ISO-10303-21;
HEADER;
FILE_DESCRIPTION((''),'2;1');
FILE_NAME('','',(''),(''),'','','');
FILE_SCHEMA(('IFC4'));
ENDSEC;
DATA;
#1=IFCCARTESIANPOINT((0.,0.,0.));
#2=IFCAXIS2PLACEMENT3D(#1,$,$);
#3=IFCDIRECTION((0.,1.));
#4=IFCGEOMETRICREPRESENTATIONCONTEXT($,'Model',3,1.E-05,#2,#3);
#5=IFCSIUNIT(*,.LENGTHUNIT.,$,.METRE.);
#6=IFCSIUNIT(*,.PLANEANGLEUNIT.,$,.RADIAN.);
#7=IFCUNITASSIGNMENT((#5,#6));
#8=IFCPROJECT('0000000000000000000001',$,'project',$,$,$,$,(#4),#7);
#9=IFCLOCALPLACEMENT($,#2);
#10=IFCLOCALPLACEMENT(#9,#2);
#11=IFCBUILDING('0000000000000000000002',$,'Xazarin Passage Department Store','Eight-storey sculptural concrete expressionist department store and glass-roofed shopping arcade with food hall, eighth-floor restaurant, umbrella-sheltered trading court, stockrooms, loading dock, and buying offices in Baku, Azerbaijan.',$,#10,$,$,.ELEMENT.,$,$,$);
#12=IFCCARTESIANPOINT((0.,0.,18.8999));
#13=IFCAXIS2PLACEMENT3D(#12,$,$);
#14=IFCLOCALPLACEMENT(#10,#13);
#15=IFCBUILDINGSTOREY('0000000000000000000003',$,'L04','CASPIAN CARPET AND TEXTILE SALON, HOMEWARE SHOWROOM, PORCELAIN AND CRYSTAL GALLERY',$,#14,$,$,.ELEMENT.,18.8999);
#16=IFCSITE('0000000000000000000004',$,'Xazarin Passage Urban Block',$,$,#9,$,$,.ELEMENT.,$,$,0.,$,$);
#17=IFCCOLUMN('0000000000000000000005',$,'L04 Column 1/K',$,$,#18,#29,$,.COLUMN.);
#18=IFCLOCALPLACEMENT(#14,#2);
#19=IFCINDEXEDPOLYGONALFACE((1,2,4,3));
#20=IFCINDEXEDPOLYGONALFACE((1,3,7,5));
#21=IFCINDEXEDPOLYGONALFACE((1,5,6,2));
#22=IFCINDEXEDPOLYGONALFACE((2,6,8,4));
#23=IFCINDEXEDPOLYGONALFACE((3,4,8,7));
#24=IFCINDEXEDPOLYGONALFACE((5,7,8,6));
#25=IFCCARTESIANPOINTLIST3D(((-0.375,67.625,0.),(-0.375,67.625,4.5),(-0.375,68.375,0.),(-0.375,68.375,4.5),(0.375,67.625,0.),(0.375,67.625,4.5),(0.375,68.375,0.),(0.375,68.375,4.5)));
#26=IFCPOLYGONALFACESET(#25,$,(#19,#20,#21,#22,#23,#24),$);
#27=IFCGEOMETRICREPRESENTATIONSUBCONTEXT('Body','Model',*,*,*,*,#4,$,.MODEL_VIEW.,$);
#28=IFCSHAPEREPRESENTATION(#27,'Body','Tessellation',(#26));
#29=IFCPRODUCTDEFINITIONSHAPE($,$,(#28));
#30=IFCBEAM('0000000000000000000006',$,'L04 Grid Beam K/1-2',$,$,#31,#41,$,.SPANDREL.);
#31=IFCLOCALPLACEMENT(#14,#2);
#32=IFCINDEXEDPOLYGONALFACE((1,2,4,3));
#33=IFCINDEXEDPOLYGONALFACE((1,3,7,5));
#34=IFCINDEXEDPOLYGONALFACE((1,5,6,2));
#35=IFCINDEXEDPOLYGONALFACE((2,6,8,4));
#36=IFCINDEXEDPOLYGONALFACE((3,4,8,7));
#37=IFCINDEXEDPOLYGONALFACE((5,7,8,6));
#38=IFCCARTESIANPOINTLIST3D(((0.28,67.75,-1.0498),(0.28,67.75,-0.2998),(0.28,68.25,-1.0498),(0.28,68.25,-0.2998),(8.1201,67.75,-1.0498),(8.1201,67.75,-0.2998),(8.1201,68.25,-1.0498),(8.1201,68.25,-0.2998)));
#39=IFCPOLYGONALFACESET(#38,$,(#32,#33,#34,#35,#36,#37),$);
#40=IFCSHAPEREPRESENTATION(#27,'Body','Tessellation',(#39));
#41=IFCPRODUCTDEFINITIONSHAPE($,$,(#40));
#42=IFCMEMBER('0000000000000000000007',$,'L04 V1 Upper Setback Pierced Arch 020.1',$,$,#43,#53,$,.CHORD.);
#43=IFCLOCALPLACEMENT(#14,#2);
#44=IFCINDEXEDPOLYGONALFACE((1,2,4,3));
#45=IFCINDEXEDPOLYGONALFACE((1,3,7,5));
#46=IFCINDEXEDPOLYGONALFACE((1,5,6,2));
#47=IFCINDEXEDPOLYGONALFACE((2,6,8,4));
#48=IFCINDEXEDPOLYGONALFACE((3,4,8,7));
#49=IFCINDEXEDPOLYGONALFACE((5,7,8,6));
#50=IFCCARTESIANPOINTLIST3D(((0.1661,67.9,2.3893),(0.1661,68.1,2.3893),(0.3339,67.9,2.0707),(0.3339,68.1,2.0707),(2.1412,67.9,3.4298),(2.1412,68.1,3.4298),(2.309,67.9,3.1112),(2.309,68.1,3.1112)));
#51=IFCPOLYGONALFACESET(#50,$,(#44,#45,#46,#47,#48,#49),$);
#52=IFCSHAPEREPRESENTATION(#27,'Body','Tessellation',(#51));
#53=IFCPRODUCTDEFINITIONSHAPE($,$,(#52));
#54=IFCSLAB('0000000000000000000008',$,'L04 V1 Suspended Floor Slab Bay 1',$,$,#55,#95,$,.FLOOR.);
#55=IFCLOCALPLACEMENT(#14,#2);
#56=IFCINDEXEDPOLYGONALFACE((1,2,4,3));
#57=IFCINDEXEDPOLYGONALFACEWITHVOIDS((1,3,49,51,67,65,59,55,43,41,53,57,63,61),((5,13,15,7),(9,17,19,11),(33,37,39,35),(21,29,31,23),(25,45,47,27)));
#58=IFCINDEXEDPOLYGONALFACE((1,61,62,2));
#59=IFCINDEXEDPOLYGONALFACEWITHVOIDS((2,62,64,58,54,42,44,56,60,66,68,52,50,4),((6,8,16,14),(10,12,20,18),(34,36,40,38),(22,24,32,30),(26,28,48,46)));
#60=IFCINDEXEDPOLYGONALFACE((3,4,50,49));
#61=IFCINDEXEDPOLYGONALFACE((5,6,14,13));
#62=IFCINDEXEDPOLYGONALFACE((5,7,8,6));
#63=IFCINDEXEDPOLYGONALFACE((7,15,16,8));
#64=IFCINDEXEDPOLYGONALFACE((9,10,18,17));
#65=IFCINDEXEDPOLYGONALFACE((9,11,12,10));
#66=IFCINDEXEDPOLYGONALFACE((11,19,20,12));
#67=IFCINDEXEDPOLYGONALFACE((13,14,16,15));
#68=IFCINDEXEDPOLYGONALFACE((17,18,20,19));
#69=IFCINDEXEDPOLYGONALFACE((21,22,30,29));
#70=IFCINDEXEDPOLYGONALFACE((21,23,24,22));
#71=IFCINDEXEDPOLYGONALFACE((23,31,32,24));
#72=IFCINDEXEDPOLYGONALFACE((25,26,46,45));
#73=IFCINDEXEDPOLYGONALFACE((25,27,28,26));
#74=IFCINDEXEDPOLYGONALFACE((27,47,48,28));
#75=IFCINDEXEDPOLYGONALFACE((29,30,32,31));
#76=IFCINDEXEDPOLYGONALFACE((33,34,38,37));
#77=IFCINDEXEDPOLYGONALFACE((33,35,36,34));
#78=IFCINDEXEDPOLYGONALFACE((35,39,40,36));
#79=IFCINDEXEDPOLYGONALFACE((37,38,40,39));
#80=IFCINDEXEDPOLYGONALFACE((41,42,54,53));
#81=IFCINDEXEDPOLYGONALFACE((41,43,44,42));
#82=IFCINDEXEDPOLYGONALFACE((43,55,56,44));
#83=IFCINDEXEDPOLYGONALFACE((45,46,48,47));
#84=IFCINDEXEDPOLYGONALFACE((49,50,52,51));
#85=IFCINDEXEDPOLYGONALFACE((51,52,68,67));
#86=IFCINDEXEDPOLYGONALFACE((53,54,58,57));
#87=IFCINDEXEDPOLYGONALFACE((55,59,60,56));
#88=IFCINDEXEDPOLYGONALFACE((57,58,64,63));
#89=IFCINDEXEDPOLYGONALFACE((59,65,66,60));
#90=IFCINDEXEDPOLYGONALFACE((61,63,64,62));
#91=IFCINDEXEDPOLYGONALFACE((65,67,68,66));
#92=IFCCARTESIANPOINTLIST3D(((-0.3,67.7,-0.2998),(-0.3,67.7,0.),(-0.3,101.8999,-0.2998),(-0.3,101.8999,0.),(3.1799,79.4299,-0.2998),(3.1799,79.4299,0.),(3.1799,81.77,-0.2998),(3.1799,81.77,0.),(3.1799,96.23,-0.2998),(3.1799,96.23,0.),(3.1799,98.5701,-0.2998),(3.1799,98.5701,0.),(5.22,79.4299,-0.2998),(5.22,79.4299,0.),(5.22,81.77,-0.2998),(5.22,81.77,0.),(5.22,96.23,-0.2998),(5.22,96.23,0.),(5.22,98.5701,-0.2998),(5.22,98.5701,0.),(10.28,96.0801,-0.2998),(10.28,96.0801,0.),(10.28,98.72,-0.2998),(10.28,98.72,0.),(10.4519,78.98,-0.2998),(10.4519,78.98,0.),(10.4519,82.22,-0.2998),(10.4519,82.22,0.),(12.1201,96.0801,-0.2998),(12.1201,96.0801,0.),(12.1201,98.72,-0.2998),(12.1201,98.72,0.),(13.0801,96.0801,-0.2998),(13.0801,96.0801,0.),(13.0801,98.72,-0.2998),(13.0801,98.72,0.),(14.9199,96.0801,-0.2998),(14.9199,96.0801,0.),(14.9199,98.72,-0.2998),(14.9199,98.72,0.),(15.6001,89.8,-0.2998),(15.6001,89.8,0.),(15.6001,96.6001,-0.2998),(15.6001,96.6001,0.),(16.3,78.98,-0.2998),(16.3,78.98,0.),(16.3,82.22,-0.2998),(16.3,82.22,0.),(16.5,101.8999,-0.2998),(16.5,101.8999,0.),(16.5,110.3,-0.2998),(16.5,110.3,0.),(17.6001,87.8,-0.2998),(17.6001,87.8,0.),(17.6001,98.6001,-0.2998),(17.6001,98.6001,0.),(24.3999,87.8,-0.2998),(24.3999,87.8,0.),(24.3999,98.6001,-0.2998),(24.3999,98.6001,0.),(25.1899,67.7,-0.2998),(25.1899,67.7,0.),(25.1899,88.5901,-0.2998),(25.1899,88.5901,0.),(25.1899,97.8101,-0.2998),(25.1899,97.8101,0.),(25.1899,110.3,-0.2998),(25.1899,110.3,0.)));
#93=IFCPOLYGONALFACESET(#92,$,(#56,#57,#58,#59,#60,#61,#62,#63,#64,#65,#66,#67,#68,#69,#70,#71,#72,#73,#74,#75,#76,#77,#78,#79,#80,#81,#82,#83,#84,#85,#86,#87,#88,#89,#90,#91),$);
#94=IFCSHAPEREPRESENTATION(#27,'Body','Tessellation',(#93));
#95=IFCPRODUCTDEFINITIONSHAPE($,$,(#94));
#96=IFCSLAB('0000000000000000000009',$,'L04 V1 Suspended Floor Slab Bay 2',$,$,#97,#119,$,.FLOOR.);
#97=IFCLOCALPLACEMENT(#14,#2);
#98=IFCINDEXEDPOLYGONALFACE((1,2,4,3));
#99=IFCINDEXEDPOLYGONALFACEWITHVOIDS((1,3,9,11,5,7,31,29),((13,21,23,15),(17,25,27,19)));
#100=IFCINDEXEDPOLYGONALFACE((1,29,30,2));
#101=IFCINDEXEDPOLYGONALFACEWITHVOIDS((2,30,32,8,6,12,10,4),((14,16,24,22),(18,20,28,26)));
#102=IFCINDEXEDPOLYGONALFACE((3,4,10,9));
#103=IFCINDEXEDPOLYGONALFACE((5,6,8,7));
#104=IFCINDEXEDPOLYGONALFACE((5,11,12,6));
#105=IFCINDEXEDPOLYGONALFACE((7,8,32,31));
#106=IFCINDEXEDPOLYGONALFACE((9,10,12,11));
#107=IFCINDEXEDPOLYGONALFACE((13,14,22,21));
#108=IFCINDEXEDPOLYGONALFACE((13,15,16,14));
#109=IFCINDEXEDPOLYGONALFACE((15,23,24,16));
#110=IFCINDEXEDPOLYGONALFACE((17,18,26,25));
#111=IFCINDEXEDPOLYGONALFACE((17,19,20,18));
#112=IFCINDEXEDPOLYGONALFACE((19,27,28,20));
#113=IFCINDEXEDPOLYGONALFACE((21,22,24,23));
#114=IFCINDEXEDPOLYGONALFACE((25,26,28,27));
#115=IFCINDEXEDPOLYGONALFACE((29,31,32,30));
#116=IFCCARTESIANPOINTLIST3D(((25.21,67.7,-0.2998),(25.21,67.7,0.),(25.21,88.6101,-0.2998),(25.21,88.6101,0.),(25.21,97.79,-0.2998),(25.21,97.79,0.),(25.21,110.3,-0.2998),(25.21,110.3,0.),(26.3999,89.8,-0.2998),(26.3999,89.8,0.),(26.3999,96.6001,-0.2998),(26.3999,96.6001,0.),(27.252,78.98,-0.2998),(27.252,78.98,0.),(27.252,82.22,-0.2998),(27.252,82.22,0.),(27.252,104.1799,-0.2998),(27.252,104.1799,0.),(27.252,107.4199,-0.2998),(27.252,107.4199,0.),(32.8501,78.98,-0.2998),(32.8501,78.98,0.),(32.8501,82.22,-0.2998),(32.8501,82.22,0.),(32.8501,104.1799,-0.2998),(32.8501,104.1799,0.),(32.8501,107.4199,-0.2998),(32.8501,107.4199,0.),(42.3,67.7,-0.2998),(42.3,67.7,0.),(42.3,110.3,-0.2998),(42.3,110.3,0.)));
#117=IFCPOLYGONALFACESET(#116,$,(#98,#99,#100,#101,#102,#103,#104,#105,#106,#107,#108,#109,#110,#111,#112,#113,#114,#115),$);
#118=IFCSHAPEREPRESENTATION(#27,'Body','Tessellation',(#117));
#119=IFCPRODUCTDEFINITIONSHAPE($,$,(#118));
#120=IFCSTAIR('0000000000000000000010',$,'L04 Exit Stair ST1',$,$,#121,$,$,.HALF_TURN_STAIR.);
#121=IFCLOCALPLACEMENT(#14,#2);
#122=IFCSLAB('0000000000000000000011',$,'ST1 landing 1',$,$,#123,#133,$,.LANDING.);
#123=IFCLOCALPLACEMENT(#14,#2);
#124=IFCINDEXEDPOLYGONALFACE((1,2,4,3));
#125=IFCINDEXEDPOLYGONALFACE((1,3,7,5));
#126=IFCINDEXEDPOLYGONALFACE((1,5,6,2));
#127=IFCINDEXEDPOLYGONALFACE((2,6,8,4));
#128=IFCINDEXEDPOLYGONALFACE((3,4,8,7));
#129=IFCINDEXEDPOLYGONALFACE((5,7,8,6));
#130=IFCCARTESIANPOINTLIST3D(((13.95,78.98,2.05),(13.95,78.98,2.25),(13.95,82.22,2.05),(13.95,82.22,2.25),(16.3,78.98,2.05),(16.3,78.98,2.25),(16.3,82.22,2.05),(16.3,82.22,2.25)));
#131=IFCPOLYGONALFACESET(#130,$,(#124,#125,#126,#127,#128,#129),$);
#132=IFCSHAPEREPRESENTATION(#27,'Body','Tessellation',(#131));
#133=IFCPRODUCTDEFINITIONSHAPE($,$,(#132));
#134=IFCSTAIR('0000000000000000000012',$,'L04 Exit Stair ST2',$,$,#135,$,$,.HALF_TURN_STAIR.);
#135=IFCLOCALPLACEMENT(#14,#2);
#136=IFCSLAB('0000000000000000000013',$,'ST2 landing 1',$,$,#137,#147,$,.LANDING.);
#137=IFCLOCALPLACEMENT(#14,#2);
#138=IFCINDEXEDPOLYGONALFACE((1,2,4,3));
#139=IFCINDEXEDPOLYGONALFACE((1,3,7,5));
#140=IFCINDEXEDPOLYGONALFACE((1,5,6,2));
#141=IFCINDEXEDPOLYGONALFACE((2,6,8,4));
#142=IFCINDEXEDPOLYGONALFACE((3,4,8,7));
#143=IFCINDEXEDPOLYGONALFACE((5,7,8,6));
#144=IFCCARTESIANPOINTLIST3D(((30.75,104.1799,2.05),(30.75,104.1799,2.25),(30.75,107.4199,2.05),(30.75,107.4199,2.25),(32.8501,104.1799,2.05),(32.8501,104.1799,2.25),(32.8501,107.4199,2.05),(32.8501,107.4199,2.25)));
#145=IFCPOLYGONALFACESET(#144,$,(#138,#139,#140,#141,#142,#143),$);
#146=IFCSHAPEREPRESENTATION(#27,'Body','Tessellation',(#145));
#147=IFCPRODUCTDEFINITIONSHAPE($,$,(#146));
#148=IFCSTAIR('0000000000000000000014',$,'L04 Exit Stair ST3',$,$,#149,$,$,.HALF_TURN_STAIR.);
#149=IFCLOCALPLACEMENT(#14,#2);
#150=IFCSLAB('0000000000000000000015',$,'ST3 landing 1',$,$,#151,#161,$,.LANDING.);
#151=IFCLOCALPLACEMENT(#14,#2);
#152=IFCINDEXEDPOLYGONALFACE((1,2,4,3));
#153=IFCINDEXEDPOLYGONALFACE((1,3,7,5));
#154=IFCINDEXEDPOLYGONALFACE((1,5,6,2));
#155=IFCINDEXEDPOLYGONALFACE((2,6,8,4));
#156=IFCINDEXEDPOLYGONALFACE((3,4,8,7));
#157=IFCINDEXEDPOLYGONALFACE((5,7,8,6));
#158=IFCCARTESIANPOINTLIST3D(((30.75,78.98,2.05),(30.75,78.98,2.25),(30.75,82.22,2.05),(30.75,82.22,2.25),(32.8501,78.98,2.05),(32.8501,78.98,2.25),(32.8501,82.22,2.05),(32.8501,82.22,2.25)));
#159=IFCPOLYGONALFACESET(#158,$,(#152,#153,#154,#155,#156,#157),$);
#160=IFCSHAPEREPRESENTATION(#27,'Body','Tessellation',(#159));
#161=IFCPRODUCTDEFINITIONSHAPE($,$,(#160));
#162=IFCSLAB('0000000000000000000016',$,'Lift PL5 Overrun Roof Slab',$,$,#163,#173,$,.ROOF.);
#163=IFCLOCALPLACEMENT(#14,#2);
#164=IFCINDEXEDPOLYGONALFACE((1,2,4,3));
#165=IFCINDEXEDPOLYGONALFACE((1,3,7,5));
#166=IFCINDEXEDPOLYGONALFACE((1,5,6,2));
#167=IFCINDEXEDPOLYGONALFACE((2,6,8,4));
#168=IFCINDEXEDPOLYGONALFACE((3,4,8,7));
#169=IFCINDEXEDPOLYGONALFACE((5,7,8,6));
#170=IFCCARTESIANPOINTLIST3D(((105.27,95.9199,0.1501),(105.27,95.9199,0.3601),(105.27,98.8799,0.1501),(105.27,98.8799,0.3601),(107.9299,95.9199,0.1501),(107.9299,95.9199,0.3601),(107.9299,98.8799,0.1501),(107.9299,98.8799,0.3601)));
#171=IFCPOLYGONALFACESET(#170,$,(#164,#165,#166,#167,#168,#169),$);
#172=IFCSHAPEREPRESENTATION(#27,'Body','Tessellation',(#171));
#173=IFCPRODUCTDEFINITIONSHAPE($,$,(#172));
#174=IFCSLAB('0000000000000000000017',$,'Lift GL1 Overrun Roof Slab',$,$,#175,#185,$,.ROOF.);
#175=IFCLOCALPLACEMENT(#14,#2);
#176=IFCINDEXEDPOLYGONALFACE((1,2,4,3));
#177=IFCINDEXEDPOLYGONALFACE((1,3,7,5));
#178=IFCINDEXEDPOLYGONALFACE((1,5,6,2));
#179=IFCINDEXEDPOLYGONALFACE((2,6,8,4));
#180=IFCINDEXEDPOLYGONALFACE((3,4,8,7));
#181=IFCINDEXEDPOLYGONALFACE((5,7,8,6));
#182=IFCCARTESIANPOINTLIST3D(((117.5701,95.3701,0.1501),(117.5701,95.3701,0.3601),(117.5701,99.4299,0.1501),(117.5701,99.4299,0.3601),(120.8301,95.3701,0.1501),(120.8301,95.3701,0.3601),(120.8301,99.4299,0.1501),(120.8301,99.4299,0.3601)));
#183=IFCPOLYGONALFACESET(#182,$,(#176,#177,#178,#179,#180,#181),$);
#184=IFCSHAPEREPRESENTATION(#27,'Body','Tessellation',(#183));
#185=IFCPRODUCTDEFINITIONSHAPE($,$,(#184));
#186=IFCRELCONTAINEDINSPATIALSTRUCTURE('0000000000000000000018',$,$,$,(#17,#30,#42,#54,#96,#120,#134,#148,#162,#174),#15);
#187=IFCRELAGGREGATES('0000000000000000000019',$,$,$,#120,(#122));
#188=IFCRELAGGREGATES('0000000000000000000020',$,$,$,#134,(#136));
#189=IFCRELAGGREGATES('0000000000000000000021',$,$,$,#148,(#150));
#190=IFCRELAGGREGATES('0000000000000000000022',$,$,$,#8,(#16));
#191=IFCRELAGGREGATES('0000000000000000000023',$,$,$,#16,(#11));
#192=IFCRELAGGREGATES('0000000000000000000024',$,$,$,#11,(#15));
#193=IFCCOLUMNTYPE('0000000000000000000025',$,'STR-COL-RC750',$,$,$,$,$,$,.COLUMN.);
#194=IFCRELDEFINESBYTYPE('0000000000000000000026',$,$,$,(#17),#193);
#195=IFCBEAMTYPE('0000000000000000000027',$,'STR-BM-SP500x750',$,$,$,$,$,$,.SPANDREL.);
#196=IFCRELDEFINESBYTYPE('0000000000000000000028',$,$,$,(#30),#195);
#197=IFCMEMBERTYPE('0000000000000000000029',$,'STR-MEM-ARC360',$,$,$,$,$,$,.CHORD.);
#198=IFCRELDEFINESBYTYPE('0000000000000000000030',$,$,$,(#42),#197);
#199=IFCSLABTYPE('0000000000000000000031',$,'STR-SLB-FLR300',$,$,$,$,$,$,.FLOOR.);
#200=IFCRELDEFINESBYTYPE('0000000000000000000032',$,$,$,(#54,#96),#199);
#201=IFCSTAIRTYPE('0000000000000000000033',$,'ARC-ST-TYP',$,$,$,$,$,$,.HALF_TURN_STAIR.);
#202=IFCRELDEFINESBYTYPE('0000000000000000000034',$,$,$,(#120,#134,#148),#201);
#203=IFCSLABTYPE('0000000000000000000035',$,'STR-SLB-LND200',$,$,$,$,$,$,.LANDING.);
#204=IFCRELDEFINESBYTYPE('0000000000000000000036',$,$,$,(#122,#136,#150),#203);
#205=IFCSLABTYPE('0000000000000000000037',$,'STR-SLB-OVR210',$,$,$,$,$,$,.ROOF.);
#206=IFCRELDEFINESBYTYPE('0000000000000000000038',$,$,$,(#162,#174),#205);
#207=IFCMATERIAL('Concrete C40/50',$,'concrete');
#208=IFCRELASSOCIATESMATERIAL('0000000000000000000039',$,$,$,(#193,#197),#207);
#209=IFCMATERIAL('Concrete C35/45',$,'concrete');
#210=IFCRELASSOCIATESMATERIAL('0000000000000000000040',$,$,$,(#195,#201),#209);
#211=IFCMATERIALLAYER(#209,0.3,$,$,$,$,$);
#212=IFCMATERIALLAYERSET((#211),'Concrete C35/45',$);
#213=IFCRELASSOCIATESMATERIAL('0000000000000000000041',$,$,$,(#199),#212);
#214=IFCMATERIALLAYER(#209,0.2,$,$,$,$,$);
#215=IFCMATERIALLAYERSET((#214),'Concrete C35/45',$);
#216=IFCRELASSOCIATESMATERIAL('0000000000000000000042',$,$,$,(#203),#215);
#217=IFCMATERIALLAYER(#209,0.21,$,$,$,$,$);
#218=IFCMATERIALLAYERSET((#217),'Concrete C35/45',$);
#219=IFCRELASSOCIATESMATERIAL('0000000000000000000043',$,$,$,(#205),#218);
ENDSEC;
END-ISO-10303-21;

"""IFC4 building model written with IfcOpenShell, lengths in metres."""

from ifc_helpers import new_model, si_unit, direction, frame, origin, origin_2d, place, context, subcontext, project, spatial, polyline, rectangle, outline, extrude, material, layer, layer_set, material_profile, profile_set, type_object, element, aggregate, save


model = new_model("IFC4")

# Units and contexts
model_context = context("Model", 3, precision=1e-05, world=origin(), true_north=direction((0.0, 1.0)))
body_context = subcontext(model_context, "Body", "Model", "MODEL_VIEW")
ifc_project = project(units=[si_unit("LENGTHUNIT", "METRE"), si_unit("PLANEANGLEUNIT", "RADIAN")], contexts=[model_context])

# Site, building, storey
site_placement = place(None, origin())
site = spatial("IfcSite", under=ifc_project, at=site_placement, Name="Xazarin Passage Urban Block", CompositionType="ELEMENT", RefElevation=0.0)
building_placement = place(site_placement, origin())
building = spatial("IfcBuilding", under=site, at=building_placement, Name="Xazarin Passage Department Store", Description="Eight-storey sculptural concrete expressionist department store and glass-roofed shopping arcade with food hall, eighth-floor restaurant, umbrella-sheltered trading court, stockrooms, loading dock, and buying offices in Baku, Azerbaijan.", CompositionType="ELEMENT")
storey_placement = place(building_placement, frame((0.0, 0.0, 18.8999)))
storey = spatial("IfcBuildingStorey", under=building, at=storey_placement, Name="L04", Description="CASPIAN CARPET AND TEXTILE SALON, HOMEWARE SHOWROOM, PORCELAIN AND CRYSTAL GALLERY", CompositionType="ELEMENT", Elevation=18.8999)

# Column
ifc_material_1 = material(Name="Concrete C40/50", Category="concrete")
ifc_material_profile_1 = material_profile(ifc_material_1, rectangle(XDim=0.75, YDim=0.75, at=origin_2d()), Name="RC 750x750")
ifc_profile_set_1 = profile_set([ifc_material_profile_1], Name="Concrete C40/50")
column_type = type_object("IfcColumnType", Name="STR-COL-RC750", PredefinedType="COLUMN", material=ifc_profile_set_1)
column_placement = place(storey_placement, frame((0.0, 68.0, 0.0), z_axis=(0.0, 0.0, 1.0), x_axis=(1.0, 0.0, 0.0)))
element("IfcColumn", 1, at=column_placement, inside=storey, type_object=column_type, Name="L04 Column 1/K", PredefinedType="COLUMN", context=body_context, shape_type="SweptSolid", body=[
    extrude(rectangle(XDim=0.75, YDim=0.75, at=origin_2d()), origin(), (0.0, 0.0, 1.0), 4.5),
])

# Beam
ifc_material_2 = material(Name="Concrete C35/45", Category="concrete")
ifc_material_profile_2 = material_profile(ifc_material_2, rectangle(XDim=0.5, YDim=0.75, at=origin_2d()), Name="RC 500x750")
ifc_profile_set_2 = profile_set([ifc_material_profile_2], Name="Concrete C35/45")
beam_type = type_object("IfcBeamType", Name="STR-BM-SP500x750", PredefinedType="SPANDREL", material=ifc_profile_set_2)
beam_placement = place(storey_placement, frame((0.28, 68.0, -0.6748), z_axis=(1.0, 0.0, 0.0), x_axis=(0.0, 1.0, 0.0)))
element("IfcBeam", 2, at=beam_placement, inside=storey, type_object=beam_type, Name="L04 Grid Beam K/1-2", PredefinedType="SPANDREL", context=body_context, shape_type="SweptSolid", body=[
    extrude(rectangle(XDim=0.5, YDim=0.75, at=origin_2d()), origin(), (0.0, 0.0, 1.0), 7.8401),
])

# Member
ifc_material_profile_3 = material_profile(ifc_material_1, rectangle(XDim=0.2, YDim=0.3601, at=origin_2d()), Name="RC 200x360")
ifc_profile_set_3 = profile_set([ifc_material_profile_3], Name="Concrete C40/50")
member_type = type_object("IfcMemberType", Name="STR-MEM-ARC360", PredefinedType="CHORD", material=ifc_profile_set_3)
member_placement = place(storey_placement, frame((0.25, 68.0, 2.23), z_axis=(0.884733, 0.0, 0.466098), x_axis=(0.0, 1.0, 0.0)))
element("IfcMember", 3, at=member_placement, inside=storey, type_object=member_type, Name="L04 V1 Upper Setback Pierced Arch 020.1", PredefinedType="CHORD", context=body_context, shape_type="SweptSolid", body=[
    extrude(rectangle(XDim=0.2, YDim=0.3601, at=origin_2d()), origin(), (0.0, 0.0, 1.0), 2.2324),
])

# Slabs
ifc_layer_1 = layer(ifc_material_2, 0.3)
ifc_layer_set_1 = layer_set([ifc_layer_1], Name="Concrete C35/45")
slab_type_1 = type_object("IfcSlabType", Name="STR-SLB-FLR300", PredefinedType="FLOOR", material=ifc_layer_set_1)
slab_1_placement = place(storey_placement, frame((0.0, 0.0, -0.2998)))
element("IfcSlab", 4, at=slab_1_placement, inside=storey, type_object=slab_type_1, Name="L04 V1 Suspended Floor Slab Bay 1", PredefinedType="FLOOR", context=body_context, shape_type="SweptSolid", body=[
    extrude(outline(polyline([(25.1899, 67.7), (25.1899, 88.5901), (24.3999, 87.8), (17.6001, 87.8), (15.6001, 89.8), (15.6001, 96.6001), (17.6001, 98.6001), (24.3999, 98.6001), (25.1899, 97.8101), (25.1899, 110.3), (16.5, 110.3), (16.5, 101.8999), (-0.3, 101.8999), (-0.3, 67.7), (25.1899, 67.7)]), holes=[polyline([(16.3, 82.22), (16.3, 78.98), (10.4519, 78.98), (10.4519, 82.22), (16.3, 82.22)]), polyline([(13.0801, 98.72), (14.9199, 98.72), (14.9199, 96.0801), (13.0801, 96.0801), (13.0801, 98.72)]), polyline([(10.28, 98.72), (12.1201, 98.72), (12.1201, 96.0801), (10.28, 96.0801), (10.28, 98.72)]), polyline([(3.1799, 81.77), (5.22, 81.77), (5.22, 79.4299), (3.1799, 79.4299), (3.1799, 81.77)]), polyline([(3.1799, 98.5701), (5.22, 98.5701), (5.22, 96.23), (3.1799, 96.23), (3.1799, 98.5701)])]), origin(), (0.0, 0.0, 1.0), 0.2998),
])
slab_2_placement = place(storey_placement, frame((0.0, 0.0, -0.2998)))
element("IfcSlab", 5, at=slab_2_placement, inside=storey, type_object=slab_type_1, Name="L04 V1 Suspended Floor Slab Bay 2", PredefinedType="FLOOR", context=body_context, shape_type="SweptSolid", body=[
    extrude(outline(polyline([(42.3, 67.7), (42.3, 110.3), (25.21, 110.3), (25.21, 97.79), (26.3999, 96.6001), (26.3999, 89.8), (25.21, 88.6101), (25.21, 67.7), (42.3, 67.7)]), holes=[polyline([(32.8501, 82.22), (32.8501, 78.98), (27.252, 78.98), (27.252, 82.22), (32.8501, 82.22)]), polyline([(32.8501, 107.4199), (32.8501, 104.1799), (27.252, 104.1799), (27.252, 107.4199), (32.8501, 107.4199)])]), origin(), (0.0, 0.0, 1.0), 0.2998),
])

# Stairs, slabs
stair_type = type_object("IfcStairType", Name="ARC-ST-TYP", PredefinedType="HALF_TURN_STAIR", material=ifc_material_2)
stair_1_placement = place(storey_placement, origin())
stair_1 = element("IfcStair", 6, at=stair_1_placement, inside=storey, type_object=stair_type, Name="L04 Exit Stair ST1", PredefinedType="HALF_TURN_STAIR")
ifc_layer_2 = layer(ifc_material_2, 0.2)
ifc_layer_set_2 = layer_set([ifc_layer_2], Name="Concrete C35/45")
slab_type_2 = type_object("IfcSlabType", Name="STR-SLB-LND200", PredefinedType="LANDING", material=ifc_layer_set_2)
slab_3_placement = place(storey_placement, frame((0.0, 0.0, 2.05)))
slab_3 = element("IfcSlab", 7, at=slab_3_placement, type_object=slab_type_2, Name="ST1 landing 1", PredefinedType="LANDING", context=body_context, shape_type="SweptSolid", body=[
    extrude(outline(polyline([(13.95, 78.98), (16.3, 78.98), (16.3, 82.22), (13.95, 82.22), (13.95, 78.98)])), origin(), (0.0, 0.0, 1.0), 0.2),
])
aggregate(stair_1, [slab_3])
stair_2_placement = place(storey_placement, origin())
stair_2 = element("IfcStair", 8, at=stair_2_placement, inside=storey, type_object=stair_type, Name="L04 Exit Stair ST2", PredefinedType="HALF_TURN_STAIR")
slab_4_placement = place(storey_placement, frame((0.0, 0.0, 2.05)))
slab_4 = element("IfcSlab", 9, at=slab_4_placement, type_object=slab_type_2, Name="ST2 landing 1", PredefinedType="LANDING", context=body_context, shape_type="SweptSolid", body=[
    extrude(outline(polyline([(30.75, 104.1799), (32.8501, 104.1799), (32.8501, 107.4199), (30.75, 107.4199), (30.75, 104.1799)])), origin(), (0.0, 0.0, 1.0), 0.2),
])
aggregate(stair_2, [slab_4])
stair_3_placement = place(storey_placement, origin())
stair_3 = element("IfcStair", 10, at=stair_3_placement, inside=storey, type_object=stair_type, Name="L04 Exit Stair ST3", PredefinedType="HALF_TURN_STAIR")
slab_5_placement = place(storey_placement, frame((0.0, 0.0, 2.05)))
slab_5 = element("IfcSlab", 11, at=slab_5_placement, type_object=slab_type_2, Name="ST3 landing 1", PredefinedType="LANDING", context=body_context, shape_type="SweptSolid", body=[
    extrude(outline(polyline([(30.75, 78.98), (32.8501, 78.98), (32.8501, 82.22), (30.75, 82.22), (30.75, 78.98)])), origin(), (0.0, 0.0, 1.0), 0.2),
])
aggregate(stair_3, [slab_5])

# Slabs
ifc_layer_3 = layer(ifc_material_2, 0.21)
ifc_layer_set_3 = layer_set([ifc_layer_3], Name="Concrete C35/45")
slab_type_3 = type_object("IfcSlabType", Name="STR-SLB-OVR210", PredefinedType="ROOF", material=ifc_layer_set_3)
slab_6_placement = place(storey_placement, frame((0.0, 0.0, 0.1501)))
element("IfcSlab", 12, at=slab_6_placement, inside=storey, type_object=slab_type_3, Name="Lift PL5 Overrun Roof Slab", PredefinedType="ROOF", context=body_context, shape_type="SweptSolid", body=[
    extrude(outline(polyline([(105.27, 95.9199), (107.9299, 95.9199), (107.9299, 98.8799), (105.27, 98.8799), (105.27, 95.9199)])), origin(), (0.0, 0.0, 1.0), 0.21),
])
slab_7_placement = place(storey_placement, frame((0.0, 0.0, 0.1501)))
element("IfcSlab", 13, at=slab_7_placement, inside=storey, type_object=slab_type_3, Name="Lift GL1 Overrun Roof Slab", PredefinedType="ROOF", context=body_context, shape_type="SweptSolid", body=[
    extrude(outline(polyline([(117.5701, 95.3701), (120.8301, 95.3701), (120.8301, 99.4299), (117.5701, 99.4299), (117.5701, 95.3701)])), origin(), (0.0, 0.0, 1.0), 0.21),
])

save(model, "model.ifc")
